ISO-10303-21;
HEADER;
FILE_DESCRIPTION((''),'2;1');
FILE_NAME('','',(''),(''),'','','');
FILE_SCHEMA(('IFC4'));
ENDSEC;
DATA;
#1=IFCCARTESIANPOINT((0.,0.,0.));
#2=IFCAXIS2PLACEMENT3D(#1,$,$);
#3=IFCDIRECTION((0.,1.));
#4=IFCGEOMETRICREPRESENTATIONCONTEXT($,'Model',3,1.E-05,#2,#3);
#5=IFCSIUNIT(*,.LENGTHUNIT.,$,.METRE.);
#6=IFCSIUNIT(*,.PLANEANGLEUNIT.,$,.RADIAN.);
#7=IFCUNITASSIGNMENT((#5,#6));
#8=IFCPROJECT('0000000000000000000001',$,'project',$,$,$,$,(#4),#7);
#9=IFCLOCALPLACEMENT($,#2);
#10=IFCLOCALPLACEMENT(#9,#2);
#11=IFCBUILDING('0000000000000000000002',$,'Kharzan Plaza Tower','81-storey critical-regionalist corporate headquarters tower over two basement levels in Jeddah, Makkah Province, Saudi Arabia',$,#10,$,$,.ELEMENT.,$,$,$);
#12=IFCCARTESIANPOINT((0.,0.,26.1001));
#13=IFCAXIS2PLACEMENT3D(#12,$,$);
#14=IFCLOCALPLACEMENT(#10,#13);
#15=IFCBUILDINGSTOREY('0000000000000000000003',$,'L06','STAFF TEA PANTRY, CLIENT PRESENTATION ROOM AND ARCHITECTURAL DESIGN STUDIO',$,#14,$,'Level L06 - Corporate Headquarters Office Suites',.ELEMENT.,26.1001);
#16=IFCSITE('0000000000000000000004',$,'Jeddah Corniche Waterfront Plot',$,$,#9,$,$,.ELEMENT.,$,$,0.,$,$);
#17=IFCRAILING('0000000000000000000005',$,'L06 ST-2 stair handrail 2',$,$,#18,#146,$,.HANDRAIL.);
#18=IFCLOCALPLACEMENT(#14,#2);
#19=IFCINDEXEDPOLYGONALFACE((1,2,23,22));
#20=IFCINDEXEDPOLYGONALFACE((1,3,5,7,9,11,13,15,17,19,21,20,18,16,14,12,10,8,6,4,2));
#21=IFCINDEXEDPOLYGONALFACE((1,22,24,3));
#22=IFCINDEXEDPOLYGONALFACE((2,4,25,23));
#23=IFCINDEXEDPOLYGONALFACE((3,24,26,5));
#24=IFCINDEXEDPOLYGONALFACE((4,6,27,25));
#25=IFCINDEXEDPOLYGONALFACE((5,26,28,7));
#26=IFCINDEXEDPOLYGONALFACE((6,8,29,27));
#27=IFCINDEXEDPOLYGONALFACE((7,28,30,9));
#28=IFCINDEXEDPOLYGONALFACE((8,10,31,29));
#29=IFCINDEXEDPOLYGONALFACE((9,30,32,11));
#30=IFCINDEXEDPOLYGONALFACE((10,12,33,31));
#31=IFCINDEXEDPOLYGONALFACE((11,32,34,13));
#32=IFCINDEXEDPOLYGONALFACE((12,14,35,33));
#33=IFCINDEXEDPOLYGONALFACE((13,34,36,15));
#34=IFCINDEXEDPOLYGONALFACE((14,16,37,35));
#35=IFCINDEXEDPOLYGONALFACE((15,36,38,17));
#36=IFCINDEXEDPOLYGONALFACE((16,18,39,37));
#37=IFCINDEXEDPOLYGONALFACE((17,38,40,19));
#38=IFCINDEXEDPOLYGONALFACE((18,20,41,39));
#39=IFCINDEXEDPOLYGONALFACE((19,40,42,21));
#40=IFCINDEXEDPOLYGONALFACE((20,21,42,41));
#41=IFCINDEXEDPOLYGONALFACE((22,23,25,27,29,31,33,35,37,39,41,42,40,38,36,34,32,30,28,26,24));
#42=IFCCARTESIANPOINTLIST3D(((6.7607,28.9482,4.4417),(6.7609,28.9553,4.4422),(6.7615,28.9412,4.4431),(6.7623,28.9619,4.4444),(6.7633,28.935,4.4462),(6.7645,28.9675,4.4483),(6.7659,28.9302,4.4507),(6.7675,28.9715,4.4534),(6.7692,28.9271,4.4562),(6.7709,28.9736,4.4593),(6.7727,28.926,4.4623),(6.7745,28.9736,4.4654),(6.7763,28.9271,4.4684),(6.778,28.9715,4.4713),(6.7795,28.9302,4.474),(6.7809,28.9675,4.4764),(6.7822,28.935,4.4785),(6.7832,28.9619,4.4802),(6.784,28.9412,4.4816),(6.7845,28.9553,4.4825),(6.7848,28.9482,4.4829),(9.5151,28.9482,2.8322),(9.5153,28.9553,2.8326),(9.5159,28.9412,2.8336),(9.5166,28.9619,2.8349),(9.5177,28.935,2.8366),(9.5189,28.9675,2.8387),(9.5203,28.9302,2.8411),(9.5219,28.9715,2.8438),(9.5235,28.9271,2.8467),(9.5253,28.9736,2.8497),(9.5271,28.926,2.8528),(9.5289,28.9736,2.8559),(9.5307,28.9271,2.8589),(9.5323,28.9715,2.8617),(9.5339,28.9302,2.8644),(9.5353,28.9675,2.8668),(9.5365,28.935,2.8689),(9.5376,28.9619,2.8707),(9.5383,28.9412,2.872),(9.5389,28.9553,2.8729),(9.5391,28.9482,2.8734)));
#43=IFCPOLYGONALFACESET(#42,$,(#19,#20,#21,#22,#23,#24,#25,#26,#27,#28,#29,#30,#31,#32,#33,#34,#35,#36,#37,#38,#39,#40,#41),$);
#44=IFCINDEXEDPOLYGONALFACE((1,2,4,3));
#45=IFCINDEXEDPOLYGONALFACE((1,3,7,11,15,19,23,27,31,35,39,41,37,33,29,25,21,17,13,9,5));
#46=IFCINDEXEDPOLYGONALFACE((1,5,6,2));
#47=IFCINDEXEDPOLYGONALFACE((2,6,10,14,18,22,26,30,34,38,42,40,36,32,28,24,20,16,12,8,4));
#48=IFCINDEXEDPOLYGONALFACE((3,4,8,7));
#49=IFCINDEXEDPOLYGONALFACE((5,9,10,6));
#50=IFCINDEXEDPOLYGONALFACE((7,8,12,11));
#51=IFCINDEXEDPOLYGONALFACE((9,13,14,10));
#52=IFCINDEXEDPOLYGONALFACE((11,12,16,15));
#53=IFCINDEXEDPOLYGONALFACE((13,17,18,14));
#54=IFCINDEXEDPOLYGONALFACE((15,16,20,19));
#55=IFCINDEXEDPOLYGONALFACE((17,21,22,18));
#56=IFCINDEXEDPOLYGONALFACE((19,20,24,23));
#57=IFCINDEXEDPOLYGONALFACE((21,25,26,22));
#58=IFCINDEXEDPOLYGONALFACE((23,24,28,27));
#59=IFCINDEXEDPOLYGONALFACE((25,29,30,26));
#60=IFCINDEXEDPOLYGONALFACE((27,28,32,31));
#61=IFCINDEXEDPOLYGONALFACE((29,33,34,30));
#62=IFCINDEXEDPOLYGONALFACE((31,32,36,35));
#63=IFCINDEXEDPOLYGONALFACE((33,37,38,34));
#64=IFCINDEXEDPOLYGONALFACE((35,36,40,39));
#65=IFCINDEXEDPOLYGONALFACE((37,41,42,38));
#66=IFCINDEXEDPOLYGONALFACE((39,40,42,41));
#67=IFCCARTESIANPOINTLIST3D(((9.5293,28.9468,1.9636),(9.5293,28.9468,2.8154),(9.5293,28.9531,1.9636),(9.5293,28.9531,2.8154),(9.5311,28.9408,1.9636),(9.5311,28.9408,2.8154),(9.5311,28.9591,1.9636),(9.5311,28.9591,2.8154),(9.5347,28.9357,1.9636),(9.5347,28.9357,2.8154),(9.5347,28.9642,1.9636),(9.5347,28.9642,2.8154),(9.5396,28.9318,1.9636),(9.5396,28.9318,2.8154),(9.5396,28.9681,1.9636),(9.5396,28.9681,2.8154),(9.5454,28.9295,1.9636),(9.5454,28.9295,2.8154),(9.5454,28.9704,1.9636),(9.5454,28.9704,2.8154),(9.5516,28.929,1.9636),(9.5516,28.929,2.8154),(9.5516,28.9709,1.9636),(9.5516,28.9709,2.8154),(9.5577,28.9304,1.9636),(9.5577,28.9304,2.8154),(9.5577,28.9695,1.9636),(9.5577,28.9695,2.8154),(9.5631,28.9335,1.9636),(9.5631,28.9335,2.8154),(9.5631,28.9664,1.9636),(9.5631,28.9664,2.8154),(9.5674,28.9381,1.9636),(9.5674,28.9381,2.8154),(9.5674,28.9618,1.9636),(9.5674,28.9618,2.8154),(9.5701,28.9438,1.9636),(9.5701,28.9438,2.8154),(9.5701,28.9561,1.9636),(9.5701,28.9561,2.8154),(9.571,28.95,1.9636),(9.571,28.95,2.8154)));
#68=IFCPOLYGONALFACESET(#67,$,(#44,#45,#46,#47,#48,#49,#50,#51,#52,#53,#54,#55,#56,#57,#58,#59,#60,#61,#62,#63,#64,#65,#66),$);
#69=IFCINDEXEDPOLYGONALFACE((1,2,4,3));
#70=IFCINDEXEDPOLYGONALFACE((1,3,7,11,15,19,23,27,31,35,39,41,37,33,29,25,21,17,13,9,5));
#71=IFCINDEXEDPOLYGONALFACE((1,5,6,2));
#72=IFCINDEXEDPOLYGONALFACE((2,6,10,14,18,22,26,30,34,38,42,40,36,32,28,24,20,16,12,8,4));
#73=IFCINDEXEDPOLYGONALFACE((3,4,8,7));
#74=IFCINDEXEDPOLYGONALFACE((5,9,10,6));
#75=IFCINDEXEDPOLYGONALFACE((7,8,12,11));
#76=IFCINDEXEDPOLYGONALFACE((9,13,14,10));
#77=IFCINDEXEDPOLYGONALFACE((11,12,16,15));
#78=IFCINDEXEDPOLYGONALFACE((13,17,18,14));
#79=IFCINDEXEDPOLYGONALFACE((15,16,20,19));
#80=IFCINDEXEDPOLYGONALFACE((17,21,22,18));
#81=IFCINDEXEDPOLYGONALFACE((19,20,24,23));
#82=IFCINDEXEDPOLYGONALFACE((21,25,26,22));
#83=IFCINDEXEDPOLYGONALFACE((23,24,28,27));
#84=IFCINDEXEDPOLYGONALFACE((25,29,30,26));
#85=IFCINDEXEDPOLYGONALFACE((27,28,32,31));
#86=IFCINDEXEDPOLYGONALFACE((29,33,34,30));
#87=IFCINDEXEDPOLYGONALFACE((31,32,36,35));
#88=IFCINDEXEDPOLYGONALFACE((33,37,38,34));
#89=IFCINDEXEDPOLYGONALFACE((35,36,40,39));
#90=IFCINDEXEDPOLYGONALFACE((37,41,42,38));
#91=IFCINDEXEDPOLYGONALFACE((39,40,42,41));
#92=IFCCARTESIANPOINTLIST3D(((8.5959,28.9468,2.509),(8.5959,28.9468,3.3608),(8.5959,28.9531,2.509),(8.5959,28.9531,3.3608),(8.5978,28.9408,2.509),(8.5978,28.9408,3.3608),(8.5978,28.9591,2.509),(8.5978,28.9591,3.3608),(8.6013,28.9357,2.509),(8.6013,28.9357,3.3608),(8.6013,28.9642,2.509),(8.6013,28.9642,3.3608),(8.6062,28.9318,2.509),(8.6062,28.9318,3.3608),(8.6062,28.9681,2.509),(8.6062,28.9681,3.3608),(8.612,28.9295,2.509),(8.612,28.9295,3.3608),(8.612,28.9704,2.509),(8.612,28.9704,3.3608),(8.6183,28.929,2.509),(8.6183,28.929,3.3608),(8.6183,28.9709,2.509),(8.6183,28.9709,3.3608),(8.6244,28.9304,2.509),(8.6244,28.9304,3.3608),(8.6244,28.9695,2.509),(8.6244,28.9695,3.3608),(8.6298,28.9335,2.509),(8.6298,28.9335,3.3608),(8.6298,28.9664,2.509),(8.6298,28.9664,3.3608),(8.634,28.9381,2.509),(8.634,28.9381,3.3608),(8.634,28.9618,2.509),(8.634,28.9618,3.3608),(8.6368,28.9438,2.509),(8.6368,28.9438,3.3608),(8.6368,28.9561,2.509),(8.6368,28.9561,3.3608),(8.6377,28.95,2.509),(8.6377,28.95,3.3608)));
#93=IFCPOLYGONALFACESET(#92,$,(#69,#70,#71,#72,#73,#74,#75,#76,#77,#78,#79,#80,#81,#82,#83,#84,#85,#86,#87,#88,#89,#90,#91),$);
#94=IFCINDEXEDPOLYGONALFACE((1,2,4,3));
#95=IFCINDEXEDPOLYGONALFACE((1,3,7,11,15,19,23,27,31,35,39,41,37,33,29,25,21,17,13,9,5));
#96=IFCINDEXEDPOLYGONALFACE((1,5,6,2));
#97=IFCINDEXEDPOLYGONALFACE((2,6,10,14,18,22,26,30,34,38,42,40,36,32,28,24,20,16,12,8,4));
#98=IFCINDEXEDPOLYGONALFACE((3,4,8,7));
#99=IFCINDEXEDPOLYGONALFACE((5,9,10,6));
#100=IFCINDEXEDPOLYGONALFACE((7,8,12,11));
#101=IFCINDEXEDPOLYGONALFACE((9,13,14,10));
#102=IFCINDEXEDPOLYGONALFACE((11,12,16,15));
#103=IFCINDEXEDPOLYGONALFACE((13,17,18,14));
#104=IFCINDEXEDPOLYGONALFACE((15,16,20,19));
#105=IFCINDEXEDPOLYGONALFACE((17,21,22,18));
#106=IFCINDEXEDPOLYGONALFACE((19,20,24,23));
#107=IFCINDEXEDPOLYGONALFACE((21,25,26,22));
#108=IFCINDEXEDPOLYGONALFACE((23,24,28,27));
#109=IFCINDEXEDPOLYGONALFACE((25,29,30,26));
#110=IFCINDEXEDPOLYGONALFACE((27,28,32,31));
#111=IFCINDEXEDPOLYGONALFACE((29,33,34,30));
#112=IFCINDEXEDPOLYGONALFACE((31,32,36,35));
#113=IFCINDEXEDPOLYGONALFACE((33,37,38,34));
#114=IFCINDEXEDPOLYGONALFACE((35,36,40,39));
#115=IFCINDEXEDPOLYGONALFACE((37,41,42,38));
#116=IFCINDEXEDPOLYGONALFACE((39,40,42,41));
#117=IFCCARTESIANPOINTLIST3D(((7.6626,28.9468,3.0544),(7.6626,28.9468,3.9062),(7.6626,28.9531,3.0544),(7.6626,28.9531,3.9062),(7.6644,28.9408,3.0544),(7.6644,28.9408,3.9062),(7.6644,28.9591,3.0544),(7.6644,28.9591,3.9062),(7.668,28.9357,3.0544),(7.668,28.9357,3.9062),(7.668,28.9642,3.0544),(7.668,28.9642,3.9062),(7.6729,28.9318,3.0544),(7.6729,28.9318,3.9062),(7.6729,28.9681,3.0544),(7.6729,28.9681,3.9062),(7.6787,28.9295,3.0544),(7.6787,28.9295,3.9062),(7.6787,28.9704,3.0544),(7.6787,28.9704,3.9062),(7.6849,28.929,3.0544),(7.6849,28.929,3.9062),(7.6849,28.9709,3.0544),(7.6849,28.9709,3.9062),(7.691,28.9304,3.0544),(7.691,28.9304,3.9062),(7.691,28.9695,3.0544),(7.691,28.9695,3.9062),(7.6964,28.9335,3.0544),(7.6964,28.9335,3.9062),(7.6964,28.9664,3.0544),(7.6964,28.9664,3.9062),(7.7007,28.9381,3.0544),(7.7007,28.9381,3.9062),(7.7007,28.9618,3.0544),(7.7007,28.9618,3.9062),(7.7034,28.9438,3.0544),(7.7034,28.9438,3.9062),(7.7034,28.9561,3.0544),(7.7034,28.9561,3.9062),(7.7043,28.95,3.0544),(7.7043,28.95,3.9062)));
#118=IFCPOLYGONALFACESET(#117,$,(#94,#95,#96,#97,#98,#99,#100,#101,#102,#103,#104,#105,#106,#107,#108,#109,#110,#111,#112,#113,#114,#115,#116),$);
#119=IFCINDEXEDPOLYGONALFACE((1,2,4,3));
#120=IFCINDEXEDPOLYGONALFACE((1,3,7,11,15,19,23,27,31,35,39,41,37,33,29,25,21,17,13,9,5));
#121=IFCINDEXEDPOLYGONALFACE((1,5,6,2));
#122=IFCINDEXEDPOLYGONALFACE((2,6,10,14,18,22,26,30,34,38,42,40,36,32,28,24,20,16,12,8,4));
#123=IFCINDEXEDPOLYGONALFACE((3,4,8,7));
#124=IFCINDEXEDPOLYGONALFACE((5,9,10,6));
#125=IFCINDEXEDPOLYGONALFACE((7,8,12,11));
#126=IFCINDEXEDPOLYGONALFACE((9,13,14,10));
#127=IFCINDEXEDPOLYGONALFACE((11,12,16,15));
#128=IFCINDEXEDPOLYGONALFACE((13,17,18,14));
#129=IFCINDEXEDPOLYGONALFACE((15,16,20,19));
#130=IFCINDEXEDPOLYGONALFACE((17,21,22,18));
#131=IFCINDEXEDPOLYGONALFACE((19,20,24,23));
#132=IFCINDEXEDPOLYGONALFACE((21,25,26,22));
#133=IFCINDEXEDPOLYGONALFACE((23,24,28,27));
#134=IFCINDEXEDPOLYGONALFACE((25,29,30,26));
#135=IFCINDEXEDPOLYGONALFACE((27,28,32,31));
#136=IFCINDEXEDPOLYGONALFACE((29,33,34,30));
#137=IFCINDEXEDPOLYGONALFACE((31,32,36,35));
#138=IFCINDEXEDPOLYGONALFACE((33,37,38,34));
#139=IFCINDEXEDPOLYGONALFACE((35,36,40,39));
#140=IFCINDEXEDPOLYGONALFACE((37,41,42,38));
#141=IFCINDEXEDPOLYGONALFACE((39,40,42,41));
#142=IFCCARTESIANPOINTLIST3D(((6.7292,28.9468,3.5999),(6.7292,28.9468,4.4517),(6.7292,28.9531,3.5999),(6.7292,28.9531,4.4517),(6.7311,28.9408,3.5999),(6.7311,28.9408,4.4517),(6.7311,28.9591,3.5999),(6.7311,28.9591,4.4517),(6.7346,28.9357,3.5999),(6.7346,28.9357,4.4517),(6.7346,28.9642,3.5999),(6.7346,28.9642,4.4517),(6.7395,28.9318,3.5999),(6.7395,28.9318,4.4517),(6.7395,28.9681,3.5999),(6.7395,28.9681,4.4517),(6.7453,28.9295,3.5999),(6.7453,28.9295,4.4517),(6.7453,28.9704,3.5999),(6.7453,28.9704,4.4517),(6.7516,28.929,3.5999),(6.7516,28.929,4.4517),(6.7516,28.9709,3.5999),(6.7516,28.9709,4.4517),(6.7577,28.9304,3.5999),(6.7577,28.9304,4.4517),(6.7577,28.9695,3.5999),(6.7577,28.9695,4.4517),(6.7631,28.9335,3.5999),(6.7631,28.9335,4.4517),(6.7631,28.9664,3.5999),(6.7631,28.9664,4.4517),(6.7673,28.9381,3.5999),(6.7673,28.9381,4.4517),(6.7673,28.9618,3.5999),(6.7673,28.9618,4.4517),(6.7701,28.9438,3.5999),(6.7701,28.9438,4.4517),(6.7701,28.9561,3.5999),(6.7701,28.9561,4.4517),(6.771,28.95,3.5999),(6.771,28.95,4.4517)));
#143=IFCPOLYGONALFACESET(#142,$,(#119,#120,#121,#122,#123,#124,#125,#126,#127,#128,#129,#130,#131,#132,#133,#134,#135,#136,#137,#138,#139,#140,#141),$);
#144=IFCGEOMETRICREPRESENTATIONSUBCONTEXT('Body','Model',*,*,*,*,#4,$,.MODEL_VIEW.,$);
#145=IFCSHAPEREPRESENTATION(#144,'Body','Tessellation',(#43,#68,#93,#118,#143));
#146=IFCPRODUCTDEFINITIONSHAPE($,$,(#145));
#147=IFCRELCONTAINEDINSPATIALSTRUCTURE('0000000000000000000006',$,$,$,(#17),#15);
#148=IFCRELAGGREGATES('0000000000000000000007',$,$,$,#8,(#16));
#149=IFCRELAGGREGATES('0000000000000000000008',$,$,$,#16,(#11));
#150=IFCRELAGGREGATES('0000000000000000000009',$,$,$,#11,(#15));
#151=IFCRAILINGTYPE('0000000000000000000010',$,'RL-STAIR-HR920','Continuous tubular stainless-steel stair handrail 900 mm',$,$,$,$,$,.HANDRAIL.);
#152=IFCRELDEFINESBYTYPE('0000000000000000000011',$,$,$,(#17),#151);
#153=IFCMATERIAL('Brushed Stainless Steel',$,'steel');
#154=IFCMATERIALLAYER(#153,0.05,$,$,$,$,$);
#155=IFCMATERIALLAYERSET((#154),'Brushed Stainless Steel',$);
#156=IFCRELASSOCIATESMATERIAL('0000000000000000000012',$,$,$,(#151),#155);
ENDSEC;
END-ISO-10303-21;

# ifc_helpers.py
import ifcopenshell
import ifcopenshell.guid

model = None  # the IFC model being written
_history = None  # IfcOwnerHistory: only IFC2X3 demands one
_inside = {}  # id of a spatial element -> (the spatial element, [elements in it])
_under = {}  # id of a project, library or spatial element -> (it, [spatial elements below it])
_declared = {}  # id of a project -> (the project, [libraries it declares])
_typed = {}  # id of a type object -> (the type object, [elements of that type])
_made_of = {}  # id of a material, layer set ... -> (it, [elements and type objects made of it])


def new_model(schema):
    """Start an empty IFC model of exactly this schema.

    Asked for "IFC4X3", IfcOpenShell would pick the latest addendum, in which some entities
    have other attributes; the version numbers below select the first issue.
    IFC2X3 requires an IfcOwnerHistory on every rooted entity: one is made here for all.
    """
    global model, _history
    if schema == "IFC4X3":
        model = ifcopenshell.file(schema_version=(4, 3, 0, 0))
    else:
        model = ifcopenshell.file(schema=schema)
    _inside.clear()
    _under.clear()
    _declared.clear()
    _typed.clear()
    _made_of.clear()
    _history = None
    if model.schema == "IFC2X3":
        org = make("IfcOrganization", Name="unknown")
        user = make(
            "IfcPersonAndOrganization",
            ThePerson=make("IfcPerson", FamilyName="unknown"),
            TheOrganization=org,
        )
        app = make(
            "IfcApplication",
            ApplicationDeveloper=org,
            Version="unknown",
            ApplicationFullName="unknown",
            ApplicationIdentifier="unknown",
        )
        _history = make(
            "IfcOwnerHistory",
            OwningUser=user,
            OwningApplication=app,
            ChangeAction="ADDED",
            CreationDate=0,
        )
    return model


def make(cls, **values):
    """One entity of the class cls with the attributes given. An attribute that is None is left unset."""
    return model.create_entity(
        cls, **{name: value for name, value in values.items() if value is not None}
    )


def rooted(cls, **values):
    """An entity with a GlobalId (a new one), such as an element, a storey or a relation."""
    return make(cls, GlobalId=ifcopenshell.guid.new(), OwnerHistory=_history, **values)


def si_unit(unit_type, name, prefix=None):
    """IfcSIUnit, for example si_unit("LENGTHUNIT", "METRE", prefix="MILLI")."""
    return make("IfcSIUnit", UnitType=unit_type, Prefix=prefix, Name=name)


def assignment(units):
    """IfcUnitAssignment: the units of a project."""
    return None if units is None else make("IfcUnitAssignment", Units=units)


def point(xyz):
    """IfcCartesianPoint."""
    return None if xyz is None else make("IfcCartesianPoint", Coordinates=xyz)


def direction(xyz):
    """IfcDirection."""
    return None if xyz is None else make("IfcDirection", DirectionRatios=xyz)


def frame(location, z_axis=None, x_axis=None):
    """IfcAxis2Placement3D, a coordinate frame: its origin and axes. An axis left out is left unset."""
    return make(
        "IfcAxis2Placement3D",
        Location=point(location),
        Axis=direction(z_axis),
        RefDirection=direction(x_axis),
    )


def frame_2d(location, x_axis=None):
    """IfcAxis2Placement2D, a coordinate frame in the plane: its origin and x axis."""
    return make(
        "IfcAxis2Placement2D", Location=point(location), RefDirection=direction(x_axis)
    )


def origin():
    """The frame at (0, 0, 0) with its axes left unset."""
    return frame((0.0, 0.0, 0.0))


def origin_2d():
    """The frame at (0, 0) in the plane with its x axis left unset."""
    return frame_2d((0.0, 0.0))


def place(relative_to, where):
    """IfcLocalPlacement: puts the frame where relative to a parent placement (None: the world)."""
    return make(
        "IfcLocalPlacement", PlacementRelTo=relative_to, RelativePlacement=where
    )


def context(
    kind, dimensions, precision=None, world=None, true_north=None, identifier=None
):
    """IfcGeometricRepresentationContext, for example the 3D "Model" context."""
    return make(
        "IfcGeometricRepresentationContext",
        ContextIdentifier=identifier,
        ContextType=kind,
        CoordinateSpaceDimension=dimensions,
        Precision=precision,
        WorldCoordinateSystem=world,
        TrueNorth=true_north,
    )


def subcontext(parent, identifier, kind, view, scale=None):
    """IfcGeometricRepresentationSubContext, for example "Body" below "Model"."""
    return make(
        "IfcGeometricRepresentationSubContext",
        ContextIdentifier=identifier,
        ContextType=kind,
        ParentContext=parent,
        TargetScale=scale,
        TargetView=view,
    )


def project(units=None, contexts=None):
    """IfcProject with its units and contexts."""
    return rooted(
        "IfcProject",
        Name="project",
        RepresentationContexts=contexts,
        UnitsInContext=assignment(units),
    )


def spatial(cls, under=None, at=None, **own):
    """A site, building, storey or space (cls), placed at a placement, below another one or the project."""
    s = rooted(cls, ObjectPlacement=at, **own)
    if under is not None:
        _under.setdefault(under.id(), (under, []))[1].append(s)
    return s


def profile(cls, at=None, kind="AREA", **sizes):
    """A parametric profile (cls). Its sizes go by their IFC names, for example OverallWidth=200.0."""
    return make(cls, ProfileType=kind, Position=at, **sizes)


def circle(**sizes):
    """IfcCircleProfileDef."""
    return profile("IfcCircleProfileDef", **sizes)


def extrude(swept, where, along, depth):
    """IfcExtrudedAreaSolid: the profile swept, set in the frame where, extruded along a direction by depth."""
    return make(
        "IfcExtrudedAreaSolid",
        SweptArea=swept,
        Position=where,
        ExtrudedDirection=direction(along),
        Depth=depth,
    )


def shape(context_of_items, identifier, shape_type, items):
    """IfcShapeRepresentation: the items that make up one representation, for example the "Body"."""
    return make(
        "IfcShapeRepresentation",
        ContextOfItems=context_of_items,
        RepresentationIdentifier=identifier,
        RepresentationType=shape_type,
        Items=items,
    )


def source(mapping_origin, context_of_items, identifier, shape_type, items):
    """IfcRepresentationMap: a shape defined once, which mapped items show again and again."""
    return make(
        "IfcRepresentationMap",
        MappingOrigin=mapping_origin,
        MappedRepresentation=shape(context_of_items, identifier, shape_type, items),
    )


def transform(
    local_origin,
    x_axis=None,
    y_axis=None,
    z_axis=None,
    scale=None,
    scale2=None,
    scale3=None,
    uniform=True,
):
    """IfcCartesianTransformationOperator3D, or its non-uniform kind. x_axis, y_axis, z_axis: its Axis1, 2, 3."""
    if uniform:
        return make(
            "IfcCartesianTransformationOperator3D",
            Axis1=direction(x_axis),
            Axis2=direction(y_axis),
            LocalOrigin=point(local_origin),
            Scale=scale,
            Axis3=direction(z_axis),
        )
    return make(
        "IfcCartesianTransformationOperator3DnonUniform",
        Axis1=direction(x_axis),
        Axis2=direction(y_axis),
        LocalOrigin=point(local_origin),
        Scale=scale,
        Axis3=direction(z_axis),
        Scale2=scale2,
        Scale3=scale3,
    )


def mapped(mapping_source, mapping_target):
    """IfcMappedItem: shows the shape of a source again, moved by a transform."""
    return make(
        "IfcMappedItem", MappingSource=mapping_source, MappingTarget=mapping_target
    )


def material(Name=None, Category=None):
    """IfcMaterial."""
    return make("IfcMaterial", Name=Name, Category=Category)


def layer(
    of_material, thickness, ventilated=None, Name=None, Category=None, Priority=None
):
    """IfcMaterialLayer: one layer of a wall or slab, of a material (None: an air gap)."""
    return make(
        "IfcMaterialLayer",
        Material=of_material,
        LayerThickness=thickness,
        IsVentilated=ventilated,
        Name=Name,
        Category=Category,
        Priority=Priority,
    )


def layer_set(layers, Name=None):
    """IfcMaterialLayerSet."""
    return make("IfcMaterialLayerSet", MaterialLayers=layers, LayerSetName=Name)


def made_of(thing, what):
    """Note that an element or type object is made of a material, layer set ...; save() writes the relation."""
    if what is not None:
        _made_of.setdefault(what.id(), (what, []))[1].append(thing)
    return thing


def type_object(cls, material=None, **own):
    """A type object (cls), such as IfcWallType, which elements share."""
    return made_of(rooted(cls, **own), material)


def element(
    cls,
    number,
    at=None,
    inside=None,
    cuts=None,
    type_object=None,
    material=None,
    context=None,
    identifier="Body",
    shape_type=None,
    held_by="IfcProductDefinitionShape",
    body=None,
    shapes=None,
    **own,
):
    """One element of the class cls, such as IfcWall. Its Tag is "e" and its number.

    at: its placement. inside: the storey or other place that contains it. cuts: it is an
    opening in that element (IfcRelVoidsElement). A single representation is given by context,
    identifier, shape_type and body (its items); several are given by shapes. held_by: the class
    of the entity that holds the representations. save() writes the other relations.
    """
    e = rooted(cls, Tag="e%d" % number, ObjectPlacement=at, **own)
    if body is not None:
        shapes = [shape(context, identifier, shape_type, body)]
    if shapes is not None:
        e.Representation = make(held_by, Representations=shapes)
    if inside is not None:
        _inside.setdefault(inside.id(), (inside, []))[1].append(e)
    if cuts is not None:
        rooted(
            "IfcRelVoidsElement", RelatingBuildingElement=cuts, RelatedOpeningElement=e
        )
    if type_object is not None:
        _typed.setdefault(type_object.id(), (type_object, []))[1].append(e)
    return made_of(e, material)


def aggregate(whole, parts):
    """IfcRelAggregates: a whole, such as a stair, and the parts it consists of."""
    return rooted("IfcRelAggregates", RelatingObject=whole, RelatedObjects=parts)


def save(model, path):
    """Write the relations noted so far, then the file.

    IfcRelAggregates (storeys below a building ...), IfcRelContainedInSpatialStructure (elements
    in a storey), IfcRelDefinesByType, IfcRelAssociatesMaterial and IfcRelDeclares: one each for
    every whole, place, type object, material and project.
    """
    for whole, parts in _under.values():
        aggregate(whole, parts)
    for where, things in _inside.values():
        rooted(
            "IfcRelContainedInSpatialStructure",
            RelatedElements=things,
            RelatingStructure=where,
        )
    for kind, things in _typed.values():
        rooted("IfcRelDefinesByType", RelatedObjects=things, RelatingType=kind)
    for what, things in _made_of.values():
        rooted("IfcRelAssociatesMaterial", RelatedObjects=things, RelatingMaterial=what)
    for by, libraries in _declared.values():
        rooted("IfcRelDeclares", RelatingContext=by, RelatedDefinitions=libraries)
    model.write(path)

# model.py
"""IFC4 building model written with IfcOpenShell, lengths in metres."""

from ifc_helpers import new_model, si_unit, direction, frame, origin, origin_2d, place, context, subcontext, project, spatial, circle, extrude, source, transform, mapped, material, layer, layer_set, type_object, element, save


model = new_model("IFC4")

# Units and contexts
model_context = context("Model", 3, precision=1e-05, world=origin(), true_north=direction((0.0, 1.0)))
body_context = subcontext(model_context, "Body", "Model", "MODEL_VIEW")
ifc_project = project(units=[si_unit("LENGTHUNIT", "METRE"), si_unit("PLANEANGLEUNIT", "RADIAN")], contexts=[model_context])

# Site, building, storey
site_placement = place(None, origin())
site = spatial("IfcSite", under=ifc_project, at=site_placement, Name="Jeddah Corniche Waterfront Plot", CompositionType="ELEMENT", RefElevation=0.0)
building_placement = place(site_placement, origin())
building = spatial("IfcBuilding", under=site, at=building_placement, Name="Kharzan Plaza Tower", Description="81-storey critical-regionalist corporate headquarters tower over two basement levels in Jeddah, Makkah Province, Saudi Arabia", CompositionType="ELEMENT")
storey_placement = place(building_placement, frame((0.0, 0.0, 26.1001)))
storey = spatial("IfcBuildingStorey", under=building, at=storey_placement, Name="L06", Description="STAFF TEA PANTRY, CLIENT PRESENTATION ROOM AND ARCHITECTURAL DESIGN STUDIO", LongName="Level L06 - Corporate Headquarters Office Suites", CompositionType="ELEMENT", Elevation=26.1001)

# Railing
ifc_material_1 = material(Name="Brushed Stainless Steel", Category="steel")
ifc_layer_1 = layer(ifc_material_1, 0.05)
ifc_layer_set_1 = layer_set([ifc_layer_1], Name="Brushed Stainless Steel")
railing_type_1 = type_object("IfcRailingType", Name="RL-STAIR-HR920", Description="Continuous tubular stainless-steel stair handrail 900 mm", PredefinedType="HANDRAIL", material=ifc_layer_set_1)
shared_shape_1 = source(origin(), body_context, "Body", "SweptSolid", [
    extrude(circle(Radius=0.0239, at=origin_2d()), frame((-0.0229, 0.0, 0.8892), z_axis=(-0.863394, 0.0, 0.504531), x_axis=(0.0, -1.0, 0.0)), (0.0, 0.0, 1.0), 3.1902),
    extrude(circle(Radius=0.021, at=origin_2d()), origin(), (0.0, 0.0, 1.0), 0.8518),
    extrude(circle(Radius=0.021, at=origin_2d()), frame((-0.9333, 0.0, 0.5454)), (0.0, 0.0, 1.0), 0.8518),
    extrude(circle(Radius=0.021, at=origin_2d()), frame((-1.8667, 0.0, 1.0908)), (0.0, 0.0, 1.0), 0.8518),
    extrude(circle(Radius=0.021, at=origin_2d()), frame((-2.8, 0.0, 1.6362)), (0.0, 0.0, 1.0), 0.8518),
])
railing_1_placement = place(storey_placement, frame((9.55, 28.95, 1.9636)))
element("IfcRailing", 1, at=railing_1_placement, inside=storey, type_object=railing_type_1, Name="L06 ST-2 stair handrail 2", PredefinedType="HANDRAIL", context=body_context, shape_type="MappedRepresentation", body=[
    mapped(shared_shape_1, transform((0.0, 0.0, 0.0), x_axis=(1.0, 0.0, 0.0), y_axis=(0.0, 1.0, 0.0), z_axis=(0.0, 0.0, 1.0))),
])

save(model, "model.ifc")
